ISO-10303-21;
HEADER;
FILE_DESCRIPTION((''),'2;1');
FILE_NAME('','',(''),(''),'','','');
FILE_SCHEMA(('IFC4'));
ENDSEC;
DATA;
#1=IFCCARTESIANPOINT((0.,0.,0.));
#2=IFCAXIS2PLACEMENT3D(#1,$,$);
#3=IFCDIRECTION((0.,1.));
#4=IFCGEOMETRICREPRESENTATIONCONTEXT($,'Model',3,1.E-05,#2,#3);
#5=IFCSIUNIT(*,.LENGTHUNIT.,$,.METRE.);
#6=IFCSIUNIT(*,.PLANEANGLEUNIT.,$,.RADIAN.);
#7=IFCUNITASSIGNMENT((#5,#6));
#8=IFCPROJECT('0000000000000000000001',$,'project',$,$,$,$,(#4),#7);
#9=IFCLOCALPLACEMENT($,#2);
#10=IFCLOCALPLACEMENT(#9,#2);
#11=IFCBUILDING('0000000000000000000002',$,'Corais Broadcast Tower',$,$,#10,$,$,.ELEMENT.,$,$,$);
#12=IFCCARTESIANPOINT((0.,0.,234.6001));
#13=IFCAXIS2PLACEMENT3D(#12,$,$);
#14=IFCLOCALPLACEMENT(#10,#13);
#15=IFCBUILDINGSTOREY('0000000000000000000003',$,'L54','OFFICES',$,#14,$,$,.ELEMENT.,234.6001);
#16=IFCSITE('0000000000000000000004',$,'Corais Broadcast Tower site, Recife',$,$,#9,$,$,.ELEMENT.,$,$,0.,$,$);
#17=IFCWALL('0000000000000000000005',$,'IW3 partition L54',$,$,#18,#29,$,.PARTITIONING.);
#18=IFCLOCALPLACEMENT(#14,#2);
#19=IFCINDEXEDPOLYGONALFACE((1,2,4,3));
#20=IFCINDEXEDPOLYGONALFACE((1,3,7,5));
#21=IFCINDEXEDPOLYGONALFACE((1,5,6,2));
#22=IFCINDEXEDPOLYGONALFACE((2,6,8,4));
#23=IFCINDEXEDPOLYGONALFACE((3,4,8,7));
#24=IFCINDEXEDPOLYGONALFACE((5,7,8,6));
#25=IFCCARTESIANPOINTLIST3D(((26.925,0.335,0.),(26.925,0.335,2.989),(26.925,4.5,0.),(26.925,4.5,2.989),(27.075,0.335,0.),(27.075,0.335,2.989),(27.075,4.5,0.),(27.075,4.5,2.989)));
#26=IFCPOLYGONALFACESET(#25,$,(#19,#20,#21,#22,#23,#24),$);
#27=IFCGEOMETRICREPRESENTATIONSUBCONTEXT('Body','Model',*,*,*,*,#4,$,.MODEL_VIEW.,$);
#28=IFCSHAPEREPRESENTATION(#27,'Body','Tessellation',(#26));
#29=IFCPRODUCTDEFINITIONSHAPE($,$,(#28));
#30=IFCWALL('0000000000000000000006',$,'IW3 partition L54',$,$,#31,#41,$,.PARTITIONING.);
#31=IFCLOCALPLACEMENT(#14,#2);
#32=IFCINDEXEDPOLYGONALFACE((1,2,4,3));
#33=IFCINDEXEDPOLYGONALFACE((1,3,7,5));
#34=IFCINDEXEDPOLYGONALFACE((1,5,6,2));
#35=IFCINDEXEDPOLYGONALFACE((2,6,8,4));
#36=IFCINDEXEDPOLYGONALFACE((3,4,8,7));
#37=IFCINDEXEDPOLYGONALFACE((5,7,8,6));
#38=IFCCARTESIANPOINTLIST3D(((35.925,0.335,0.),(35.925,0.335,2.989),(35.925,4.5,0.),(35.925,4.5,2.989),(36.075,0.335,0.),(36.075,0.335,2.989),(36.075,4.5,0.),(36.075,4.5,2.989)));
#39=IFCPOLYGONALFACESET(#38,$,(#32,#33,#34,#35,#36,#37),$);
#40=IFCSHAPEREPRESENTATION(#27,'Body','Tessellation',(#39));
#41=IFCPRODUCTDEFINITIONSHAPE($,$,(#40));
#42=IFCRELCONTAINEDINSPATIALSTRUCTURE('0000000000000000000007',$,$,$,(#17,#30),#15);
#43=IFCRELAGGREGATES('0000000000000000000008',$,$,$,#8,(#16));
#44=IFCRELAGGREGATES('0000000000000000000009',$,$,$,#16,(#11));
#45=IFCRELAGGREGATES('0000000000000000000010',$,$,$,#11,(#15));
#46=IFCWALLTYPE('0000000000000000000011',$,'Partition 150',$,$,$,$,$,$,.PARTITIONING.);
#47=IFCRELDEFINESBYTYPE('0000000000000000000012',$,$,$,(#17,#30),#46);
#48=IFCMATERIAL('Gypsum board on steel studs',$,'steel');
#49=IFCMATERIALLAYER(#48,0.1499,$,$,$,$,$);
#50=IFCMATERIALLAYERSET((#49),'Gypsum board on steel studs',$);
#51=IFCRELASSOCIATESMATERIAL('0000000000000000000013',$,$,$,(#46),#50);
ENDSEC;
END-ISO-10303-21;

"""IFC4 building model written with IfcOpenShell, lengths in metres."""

from ifc_helpers import new_model, si_unit, direction, frame, frame_2d, origin, place, context, subcontext, project, spatial, rectangle, extrude, material, layer, layer_set, type_object, element, save


model = new_model("IFC4")

# Units and contexts
model_context = context("Model", 3, precision=1e-05, world=origin(), true_north=direction((0.0, 1.0)))
body_context = subcontext(model_context, "Body", "Model", "MODEL_VIEW")
ifc_project = project(units=[si_unit("LENGTHUNIT", "METRE"), si_unit("PLANEANGLEUNIT", "RADIAN")], contexts=[model_context])

# Site, building, storey
site_placement = place(None, origin())
site = spatial("IfcSite", under=ifc_project, at=site_placement, Name="Corais Broadcast Tower site, Recife", CompositionType="ELEMENT", RefElevation=0.0)
building_placement = place(site_placement, origin())
building = spatial("IfcBuilding", under=site, at=building_placement, Name="Corais Broadcast Tower", CompositionType="ELEMENT")
storey_placement = place(building_placement, frame((0.0, 0.0, 234.6001)))
storey = spatial("IfcBuildingStorey", under=building, at=storey_placement, Name="L54", Description="OFFICES", CompositionType="ELEMENT", Elevation=234.6001)

# Walls
ifc_material_1 = material(Name="Gypsum board on steel studs", Category="steel")
ifc_layer_1 = layer(ifc_material_1, 0.1499)
ifc_layer_set_1 = layer_set([ifc_layer_1], Name="Gypsum board on steel studs")
wall_type = type_object("IfcWallType", Name="Partition 150", PredefinedType="PARTITIONING", material=ifc_layer_set_1)
for number, where, z_axis, x_axis, name in (
    (1, (27.0, 0.335, 0.0), (0.0, 0.0, 1.0), (0.0, 1.0, 0.0), "IW3 partition L54"),
    (2, (36.0, 0.335, 0.0), (0.0, 0.0, 1.0), (0.0, 1.0, 0.0), "IW3 partition L54"),
):
    element("IfcWall", number, at=place(storey_placement, frame(where, z_axis=z_axis, x_axis=x_axis)), inside=storey, type_object=wall_type, Name=name, PredefinedType="PARTITIONING", context=body_context, shape_type="SweptSolid", body=[
        extrude(rectangle(XDim=4.165, YDim=0.1499, at=frame_2d((2.0825, 0.0))), origin(), (0.0, 0.0, 1.0), 2.989),
    ])

save(model, "model.ifc")
